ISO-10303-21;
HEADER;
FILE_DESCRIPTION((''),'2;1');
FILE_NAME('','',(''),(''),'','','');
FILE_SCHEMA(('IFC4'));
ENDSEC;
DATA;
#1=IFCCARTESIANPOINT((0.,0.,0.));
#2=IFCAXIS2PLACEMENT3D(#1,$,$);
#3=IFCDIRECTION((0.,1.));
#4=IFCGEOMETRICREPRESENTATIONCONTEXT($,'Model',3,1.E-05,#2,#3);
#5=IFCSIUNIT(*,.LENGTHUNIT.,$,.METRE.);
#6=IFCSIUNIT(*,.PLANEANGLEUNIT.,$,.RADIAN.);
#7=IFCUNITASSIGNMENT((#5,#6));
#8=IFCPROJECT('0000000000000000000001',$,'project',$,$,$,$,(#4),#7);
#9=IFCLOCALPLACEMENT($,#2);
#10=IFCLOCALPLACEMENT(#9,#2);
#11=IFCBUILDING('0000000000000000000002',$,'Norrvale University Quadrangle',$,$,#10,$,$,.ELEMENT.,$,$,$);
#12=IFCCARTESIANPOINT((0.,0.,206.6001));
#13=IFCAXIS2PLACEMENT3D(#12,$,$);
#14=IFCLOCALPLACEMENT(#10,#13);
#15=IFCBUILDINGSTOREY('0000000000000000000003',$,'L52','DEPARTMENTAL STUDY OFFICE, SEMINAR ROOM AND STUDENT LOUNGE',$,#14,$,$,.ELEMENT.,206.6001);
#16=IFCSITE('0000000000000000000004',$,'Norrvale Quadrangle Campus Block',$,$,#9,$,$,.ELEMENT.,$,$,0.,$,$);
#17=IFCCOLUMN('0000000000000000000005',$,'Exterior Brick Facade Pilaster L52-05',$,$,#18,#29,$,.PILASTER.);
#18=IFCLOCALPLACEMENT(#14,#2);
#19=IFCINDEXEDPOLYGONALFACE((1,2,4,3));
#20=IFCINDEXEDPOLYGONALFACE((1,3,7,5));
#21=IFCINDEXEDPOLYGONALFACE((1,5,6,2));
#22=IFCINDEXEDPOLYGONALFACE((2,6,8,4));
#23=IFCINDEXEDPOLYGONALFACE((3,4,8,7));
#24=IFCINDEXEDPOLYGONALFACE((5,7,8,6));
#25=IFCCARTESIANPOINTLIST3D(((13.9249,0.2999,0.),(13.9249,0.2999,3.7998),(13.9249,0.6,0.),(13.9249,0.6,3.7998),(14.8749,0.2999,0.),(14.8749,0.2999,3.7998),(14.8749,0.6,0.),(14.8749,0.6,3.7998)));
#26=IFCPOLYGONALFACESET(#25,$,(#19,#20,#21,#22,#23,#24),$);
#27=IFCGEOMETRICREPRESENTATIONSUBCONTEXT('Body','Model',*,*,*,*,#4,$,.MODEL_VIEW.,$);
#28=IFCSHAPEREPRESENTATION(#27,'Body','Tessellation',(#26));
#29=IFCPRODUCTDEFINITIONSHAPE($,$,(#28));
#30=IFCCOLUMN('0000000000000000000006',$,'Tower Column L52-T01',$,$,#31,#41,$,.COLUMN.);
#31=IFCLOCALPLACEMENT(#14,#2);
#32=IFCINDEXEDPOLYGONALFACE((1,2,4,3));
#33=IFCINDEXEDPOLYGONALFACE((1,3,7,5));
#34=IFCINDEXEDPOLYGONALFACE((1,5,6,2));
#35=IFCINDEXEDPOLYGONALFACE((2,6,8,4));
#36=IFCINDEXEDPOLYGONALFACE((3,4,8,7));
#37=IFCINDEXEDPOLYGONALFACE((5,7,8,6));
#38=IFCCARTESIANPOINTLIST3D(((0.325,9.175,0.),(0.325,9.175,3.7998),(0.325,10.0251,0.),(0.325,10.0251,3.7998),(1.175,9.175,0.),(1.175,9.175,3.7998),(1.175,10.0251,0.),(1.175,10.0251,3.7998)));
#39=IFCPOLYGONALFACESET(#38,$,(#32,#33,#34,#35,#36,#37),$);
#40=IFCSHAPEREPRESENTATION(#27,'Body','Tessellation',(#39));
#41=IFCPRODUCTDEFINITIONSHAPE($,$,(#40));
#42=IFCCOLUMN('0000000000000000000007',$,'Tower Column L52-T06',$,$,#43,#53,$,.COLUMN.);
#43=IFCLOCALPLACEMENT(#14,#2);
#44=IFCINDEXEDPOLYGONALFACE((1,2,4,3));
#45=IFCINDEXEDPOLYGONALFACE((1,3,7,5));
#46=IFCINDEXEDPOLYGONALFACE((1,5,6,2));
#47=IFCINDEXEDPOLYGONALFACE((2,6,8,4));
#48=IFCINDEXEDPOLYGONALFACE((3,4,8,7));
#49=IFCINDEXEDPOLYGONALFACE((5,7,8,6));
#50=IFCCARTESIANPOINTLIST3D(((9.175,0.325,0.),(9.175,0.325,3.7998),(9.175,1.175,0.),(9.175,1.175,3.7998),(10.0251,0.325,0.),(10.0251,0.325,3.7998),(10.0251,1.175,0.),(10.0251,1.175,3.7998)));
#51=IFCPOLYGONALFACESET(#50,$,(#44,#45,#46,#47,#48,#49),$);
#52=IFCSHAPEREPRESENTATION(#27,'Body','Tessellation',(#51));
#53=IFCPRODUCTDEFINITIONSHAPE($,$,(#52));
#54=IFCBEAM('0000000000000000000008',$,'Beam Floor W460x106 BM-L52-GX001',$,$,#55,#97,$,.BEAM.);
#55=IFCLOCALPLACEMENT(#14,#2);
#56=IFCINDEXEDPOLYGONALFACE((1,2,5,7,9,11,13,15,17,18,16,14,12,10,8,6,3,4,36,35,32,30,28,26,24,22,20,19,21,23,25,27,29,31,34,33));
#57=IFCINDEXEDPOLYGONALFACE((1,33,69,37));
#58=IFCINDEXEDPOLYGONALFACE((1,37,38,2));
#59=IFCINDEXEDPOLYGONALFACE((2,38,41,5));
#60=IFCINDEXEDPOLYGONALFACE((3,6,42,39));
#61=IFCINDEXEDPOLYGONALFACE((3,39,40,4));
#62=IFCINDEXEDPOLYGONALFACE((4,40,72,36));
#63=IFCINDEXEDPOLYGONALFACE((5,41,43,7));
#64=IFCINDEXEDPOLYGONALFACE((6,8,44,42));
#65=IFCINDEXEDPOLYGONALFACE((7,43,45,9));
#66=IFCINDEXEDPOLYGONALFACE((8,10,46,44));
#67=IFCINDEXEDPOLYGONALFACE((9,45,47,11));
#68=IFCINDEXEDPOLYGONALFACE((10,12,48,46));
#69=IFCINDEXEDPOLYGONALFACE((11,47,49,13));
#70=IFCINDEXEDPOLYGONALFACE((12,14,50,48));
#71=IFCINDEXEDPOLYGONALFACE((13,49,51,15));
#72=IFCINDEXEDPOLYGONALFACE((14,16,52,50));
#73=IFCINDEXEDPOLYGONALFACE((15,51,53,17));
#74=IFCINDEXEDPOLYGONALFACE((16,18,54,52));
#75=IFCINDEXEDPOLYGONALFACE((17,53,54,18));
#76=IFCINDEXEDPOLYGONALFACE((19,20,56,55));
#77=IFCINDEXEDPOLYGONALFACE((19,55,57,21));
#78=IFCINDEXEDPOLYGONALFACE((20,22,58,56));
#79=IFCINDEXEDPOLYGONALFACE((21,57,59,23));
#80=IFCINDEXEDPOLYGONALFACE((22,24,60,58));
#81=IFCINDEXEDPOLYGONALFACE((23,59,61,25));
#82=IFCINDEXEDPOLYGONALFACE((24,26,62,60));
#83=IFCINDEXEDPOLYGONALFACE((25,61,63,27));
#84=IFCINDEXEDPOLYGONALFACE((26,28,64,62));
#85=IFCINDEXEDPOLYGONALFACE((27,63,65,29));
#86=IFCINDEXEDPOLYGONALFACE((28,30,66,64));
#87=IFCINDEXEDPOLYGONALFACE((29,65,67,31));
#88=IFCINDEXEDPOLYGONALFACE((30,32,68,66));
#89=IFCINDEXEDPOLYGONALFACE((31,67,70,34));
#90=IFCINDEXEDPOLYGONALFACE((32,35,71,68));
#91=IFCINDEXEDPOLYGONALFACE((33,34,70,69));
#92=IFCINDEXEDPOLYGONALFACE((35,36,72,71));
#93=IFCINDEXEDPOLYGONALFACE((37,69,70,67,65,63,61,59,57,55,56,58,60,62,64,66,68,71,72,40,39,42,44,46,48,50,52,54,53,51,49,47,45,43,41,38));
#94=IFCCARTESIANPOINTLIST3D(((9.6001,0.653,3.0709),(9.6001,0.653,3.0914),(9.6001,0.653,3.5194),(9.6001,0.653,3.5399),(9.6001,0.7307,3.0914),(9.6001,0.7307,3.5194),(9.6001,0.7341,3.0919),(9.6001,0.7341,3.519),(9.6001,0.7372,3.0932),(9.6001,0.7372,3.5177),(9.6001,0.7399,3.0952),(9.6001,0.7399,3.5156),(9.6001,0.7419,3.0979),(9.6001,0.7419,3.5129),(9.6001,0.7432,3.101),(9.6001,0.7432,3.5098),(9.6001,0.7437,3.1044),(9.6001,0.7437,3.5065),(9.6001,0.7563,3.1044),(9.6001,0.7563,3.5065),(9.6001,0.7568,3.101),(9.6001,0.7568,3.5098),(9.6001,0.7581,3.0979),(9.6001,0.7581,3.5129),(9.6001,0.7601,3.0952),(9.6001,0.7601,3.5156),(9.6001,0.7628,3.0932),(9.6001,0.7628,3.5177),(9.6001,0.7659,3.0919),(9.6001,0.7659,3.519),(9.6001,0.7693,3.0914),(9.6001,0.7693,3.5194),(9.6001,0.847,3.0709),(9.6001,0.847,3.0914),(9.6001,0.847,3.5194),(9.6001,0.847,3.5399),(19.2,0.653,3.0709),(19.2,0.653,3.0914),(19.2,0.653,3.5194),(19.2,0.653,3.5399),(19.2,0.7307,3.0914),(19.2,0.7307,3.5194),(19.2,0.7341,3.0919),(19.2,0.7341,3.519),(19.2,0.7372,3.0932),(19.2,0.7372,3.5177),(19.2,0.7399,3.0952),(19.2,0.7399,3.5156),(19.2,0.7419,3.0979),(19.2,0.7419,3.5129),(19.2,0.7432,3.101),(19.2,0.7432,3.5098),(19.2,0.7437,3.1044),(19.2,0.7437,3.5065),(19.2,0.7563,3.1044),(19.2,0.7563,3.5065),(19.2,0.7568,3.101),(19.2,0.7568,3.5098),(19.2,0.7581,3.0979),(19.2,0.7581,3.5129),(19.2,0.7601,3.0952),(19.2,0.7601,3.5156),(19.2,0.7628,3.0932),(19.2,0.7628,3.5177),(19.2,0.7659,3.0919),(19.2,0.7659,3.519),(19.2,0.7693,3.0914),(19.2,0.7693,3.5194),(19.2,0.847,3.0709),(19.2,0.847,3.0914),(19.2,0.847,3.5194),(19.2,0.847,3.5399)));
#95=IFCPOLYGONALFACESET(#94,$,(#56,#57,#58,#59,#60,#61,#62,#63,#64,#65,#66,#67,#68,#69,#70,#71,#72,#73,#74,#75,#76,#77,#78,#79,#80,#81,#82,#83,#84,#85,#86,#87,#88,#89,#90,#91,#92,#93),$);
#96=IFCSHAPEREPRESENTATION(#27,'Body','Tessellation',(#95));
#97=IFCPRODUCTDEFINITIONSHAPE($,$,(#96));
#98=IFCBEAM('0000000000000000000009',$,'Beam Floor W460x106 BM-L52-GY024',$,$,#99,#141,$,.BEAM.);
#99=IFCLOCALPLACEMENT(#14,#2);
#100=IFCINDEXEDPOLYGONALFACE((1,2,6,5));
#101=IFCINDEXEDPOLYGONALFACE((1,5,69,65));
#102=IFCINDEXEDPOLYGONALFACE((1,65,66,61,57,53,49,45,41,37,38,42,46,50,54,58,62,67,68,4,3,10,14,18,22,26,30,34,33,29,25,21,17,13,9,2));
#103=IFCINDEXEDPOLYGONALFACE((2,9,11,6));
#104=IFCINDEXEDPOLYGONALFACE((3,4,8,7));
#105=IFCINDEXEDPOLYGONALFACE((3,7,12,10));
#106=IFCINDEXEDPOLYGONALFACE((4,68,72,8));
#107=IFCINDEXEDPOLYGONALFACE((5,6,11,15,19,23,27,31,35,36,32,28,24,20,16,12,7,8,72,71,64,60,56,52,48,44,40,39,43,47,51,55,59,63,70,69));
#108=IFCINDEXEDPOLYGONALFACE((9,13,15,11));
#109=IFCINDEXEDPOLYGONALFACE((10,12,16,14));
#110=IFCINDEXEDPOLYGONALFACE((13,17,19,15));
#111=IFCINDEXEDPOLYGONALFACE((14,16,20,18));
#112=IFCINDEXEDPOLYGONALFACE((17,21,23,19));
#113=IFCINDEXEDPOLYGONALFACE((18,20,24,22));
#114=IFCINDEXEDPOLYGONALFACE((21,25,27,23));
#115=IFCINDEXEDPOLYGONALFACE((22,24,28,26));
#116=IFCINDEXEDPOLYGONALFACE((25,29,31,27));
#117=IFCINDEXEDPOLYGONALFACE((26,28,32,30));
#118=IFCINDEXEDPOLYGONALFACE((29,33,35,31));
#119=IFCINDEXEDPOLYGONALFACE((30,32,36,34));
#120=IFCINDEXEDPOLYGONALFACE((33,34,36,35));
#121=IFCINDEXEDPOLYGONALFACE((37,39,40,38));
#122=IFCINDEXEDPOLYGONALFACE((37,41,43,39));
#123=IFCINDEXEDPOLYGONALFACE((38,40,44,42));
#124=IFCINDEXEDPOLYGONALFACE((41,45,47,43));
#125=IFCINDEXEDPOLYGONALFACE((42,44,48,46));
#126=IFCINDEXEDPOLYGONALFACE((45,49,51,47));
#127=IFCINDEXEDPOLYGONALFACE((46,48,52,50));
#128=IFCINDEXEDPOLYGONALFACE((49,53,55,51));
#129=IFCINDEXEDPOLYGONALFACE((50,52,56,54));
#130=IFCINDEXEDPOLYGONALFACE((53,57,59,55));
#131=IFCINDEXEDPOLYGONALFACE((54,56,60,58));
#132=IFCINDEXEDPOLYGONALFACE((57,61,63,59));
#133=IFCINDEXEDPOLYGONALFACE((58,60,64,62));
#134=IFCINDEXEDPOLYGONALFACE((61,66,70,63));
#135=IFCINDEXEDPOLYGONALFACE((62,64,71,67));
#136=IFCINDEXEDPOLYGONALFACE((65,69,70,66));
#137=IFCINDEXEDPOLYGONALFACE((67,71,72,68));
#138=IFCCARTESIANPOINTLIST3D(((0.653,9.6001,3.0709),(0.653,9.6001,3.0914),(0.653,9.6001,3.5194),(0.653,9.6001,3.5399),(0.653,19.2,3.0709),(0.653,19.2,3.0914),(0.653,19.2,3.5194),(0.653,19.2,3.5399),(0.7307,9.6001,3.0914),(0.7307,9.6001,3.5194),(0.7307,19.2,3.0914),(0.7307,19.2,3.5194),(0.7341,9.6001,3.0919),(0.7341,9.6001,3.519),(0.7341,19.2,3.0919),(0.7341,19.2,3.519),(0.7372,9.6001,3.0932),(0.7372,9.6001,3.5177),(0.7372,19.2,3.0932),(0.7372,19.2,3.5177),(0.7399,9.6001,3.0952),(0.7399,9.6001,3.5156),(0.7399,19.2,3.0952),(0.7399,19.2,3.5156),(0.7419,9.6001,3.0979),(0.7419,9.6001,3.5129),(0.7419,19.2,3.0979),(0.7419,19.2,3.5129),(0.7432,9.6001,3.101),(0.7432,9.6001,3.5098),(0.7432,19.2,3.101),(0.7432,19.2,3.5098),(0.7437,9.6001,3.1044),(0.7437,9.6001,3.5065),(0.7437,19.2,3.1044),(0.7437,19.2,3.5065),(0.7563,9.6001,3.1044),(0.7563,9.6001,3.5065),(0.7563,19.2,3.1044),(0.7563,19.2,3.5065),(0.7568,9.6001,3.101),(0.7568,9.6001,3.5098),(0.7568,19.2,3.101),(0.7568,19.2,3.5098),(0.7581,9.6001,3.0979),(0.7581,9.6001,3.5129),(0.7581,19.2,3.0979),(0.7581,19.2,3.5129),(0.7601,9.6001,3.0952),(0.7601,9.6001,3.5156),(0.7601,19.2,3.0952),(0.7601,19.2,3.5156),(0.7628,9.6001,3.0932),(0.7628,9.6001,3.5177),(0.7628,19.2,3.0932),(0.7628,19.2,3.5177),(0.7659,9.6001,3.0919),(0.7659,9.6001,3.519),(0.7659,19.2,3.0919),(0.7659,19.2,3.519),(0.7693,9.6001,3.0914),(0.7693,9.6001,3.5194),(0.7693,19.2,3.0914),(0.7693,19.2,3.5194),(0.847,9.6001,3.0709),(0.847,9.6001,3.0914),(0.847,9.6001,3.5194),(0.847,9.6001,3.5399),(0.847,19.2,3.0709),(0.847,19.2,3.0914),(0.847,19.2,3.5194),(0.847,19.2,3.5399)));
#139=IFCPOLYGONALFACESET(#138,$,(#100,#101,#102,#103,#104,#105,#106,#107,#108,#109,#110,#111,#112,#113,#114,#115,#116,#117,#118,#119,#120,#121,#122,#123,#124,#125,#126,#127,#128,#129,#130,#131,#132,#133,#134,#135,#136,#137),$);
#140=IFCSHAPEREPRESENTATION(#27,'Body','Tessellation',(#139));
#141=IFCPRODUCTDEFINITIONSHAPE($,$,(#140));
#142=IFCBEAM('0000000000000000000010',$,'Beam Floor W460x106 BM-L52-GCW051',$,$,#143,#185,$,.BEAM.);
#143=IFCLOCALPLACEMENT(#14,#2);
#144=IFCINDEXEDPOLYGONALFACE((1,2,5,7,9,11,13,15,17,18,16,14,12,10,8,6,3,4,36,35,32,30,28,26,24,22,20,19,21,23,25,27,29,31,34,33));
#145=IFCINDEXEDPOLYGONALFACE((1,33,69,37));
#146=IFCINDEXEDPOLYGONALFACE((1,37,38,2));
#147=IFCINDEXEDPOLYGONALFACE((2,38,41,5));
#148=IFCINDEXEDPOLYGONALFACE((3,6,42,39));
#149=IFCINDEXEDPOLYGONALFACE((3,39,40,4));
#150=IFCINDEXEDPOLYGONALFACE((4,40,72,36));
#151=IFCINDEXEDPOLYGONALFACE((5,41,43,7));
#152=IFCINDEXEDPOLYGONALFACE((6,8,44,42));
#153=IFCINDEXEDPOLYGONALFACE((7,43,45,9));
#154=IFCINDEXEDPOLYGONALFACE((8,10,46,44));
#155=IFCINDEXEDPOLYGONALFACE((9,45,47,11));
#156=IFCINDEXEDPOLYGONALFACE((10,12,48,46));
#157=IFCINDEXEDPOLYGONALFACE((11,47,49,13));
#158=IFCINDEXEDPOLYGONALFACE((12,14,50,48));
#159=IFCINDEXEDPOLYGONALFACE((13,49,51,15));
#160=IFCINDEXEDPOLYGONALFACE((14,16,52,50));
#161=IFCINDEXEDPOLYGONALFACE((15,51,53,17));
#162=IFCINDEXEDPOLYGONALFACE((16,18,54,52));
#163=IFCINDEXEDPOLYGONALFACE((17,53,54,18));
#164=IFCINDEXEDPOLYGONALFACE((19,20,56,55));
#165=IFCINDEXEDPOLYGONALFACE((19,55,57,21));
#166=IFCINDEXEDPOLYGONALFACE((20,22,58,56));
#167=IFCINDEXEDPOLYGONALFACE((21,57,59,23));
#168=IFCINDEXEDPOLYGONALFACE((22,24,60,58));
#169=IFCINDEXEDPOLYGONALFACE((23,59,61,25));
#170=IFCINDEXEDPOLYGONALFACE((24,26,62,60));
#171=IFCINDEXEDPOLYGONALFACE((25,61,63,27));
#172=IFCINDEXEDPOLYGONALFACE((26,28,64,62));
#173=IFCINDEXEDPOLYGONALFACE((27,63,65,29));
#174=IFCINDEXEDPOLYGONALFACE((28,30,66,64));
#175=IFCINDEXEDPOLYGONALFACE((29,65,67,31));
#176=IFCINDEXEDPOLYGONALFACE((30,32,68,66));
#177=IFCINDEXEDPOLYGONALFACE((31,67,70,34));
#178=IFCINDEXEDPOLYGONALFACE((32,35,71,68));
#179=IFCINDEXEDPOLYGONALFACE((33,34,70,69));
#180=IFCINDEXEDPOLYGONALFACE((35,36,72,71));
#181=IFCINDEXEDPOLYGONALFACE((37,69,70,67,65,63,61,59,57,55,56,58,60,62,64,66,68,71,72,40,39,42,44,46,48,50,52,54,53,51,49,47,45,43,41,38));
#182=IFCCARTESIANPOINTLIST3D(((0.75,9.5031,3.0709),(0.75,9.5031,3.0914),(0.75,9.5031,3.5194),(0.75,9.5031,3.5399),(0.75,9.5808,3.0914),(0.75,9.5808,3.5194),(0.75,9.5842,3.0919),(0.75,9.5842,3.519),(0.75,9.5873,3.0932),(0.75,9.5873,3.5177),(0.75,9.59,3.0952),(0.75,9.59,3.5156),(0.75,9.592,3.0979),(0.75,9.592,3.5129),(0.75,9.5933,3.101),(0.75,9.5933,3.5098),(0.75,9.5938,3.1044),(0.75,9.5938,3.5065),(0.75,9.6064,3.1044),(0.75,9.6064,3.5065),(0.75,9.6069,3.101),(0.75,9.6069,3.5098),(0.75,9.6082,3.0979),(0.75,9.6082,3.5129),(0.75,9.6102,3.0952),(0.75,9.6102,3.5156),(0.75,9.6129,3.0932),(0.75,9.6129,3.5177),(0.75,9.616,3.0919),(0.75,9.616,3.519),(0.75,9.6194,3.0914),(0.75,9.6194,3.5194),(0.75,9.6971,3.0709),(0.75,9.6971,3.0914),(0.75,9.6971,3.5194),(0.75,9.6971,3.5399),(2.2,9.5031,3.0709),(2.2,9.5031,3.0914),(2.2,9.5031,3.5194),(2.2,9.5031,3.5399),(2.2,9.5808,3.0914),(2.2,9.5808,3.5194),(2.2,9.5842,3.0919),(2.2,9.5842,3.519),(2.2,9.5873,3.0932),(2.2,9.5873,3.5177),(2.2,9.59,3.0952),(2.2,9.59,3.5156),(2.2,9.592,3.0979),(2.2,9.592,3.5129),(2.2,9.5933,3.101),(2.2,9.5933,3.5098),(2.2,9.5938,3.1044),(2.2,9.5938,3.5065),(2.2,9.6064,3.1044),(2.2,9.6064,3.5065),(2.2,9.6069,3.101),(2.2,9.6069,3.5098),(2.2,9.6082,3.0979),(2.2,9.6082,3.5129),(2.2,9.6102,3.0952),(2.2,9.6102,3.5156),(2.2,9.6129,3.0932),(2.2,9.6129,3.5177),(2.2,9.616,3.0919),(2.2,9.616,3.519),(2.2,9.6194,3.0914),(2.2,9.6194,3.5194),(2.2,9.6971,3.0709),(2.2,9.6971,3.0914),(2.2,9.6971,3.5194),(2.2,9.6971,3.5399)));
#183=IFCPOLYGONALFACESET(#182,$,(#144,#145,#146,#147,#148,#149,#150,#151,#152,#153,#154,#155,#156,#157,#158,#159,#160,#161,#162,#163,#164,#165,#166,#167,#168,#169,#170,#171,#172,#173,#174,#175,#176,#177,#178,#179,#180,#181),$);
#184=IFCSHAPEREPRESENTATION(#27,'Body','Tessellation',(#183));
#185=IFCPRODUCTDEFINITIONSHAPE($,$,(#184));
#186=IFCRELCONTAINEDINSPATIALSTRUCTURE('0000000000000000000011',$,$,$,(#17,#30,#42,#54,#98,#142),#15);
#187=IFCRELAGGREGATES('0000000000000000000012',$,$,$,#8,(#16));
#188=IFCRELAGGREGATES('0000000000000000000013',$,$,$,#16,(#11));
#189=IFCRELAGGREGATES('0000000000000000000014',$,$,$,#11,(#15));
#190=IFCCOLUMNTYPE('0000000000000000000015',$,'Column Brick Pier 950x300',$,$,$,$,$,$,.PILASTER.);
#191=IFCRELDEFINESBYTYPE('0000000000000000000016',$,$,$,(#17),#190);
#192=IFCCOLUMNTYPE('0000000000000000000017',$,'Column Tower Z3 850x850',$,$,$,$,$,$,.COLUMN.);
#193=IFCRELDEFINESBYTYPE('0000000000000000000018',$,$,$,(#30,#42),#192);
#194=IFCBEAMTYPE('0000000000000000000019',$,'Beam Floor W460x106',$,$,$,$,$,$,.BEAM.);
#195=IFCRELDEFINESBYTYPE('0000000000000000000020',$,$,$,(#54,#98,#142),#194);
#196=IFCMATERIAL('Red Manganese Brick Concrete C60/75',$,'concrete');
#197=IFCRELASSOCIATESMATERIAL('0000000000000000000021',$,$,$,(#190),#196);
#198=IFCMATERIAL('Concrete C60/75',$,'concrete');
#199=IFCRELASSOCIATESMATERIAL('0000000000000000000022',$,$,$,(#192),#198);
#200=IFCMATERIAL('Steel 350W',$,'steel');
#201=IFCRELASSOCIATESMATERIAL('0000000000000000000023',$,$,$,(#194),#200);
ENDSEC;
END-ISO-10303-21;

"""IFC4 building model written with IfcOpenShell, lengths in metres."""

from ifc_helpers import new_model, si_unit, direction, frame, origin, origin_2d, place, context, subcontext, project, spatial, rectangle, i_section, extrude, material, material_profile, profile_set, type_object, element, save


model = new_model("IFC4")

# Units and contexts
model_context = context("Model", 3, precision=1e-05, world=origin(), true_north=direction((0.0, 1.0)))
body_context = subcontext(model_context, "Body", "Model", "MODEL_VIEW")
ifc_project = project(units=[si_unit("LENGTHUNIT", "METRE"), si_unit("PLANEANGLEUNIT", "RADIAN")], contexts=[model_context])

# Site, building, storey
site_placement = place(None, origin())
site = spatial("IfcSite", under=ifc_project, at=site_placement, Name="Norrvale Quadrangle Campus Block", CompositionType="ELEMENT", RefElevation=0.0)
building_placement = place(site_placement, origin())
building = spatial("IfcBuilding", under=site, at=building_placement, Name="Norrvale University Quadrangle", CompositionType="ELEMENT")
storey_placement = place(building_placement, frame((0.0, 0.0, 206.6001)))
storey = spatial("IfcBuildingStorey", under=building, at=storey_placement, Name="L52", Description="DEPARTMENTAL STUDY OFFICE, SEMINAR ROOM AND STUDENT LOUNGE", CompositionType="ELEMENT", Elevation=206.6001)

# Columns
ifc_material_1 = material(Name="Red Manganese Brick Concrete C60/75", Category="concrete")
ifc_material_profile_1 = material_profile(ifc_material_1, rectangle(XDim=0.95, YDim=0.3, at=origin_2d()), Name="Red Manganese Brick Concrete C60/75")
ifc_profile_set_1 = profile_set([ifc_material_profile_1], Name="Red Manganese Brick Concrete C60/75")
column_type_1 = type_object("IfcColumnType", Name="Column Brick Pier 950x300", PredefinedType="PILASTER", material=ifc_profile_set_1)
column_placement = place(storey_placement, frame((14.3999, 0.45, 0.0), z_axis=(0.0, 0.0, 1.0), x_axis=(1.0, 0.0, 0.0)))
element("IfcColumn", 1, at=column_placement, inside=storey, type_object=column_type_1, Name="Exterior Brick Facade Pilaster L52-05", PredefinedType="PILASTER", context=body_context, shape_type="SweptSolid", body=[
    extrude(rectangle(XDim=0.95, YDim=0.3, at=origin_2d()), origin(), (0.0, 0.0, 1.0), 3.7998),
])
ifc_material_2 = material(Name="Concrete C60/75", Category="concrete")
ifc_material_profile_2 = material_profile(ifc_material_2, rectangle(XDim=0.8501, YDim=0.8501, at=origin_2d()), Name="Concrete C60/75")
ifc_profile_set_2 = profile_set([ifc_material_profile_2], Name="Concrete C60/75")
column_type_2 = type_object("IfcColumnType", Name="Column Tower Z3 850x850", PredefinedType="COLUMN", material=ifc_profile_set_2)
for number, where, z_axis, x_axis, name in (
    (2, (0.75, 9.6001, 0.0), (0.0, 0.0, 1.0), (1.0, 0.0, 0.0), "Tower Column L52-T01"),
    (3, (9.6001, 0.75, 0.0), (0.0, 0.0, 1.0), (1.0, 0.0, 0.0), "Tower Column L52-T06"),
):
    element("IfcColumn", number, at=place(storey_placement, frame(where, z_axis=z_axis, x_axis=x_axis)), inside=storey, type_object=column_type_2, Name=name, PredefinedType="COLUMN", context=body_context, shape_type="SweptSolid", body=[
        extrude(rectangle(XDim=0.8501, YDim=0.8501, at=origin_2d()), origin(), (0.0, 0.0, 1.0), 3.7998),
    ])

# Beams
ifc_material_3 = material(Name="Steel 350W", Category="steel")
ifc_material_profile_3 = material_profile(ifc_material_3, i_section(OverallWidth=0.1941, OverallDepth=0.469, WebThickness=0.0127, FlangeThickness=0.0205, FilletRadius=0.0129, at=origin_2d()), Name="Steel 350W")
ifc_profile_set_3 = profile_set([ifc_material_profile_3], Name="Steel 350W")
beam_type_1 = type_object("IfcBeamType", Name="Beam Floor W460x106", PredefinedType="BEAM", material=ifc_profile_set_3)
for number, where, z_axis, x_axis, name in (
    (4, (9.6001, 0.75, 3.3054), (1.0, 0.0, 0.0), (0.0, 1.0, 0.0), "Beam Floor W460x106 BM-L52-GX001"),
    (5, (0.75, 9.6001, 3.3054), (0.0, 1.0, 0.0), (-1.0, 0.0, 0.0), "Beam Floor W460x106 BM-L52-GY024"),
):
    element("IfcBeam", number, at=place(storey_placement, frame(where, z_axis=z_axis, x_axis=x_axis)), inside=storey, type_object=beam_type_1, Name=name, PredefinedType="BEAM", context=body_context, shape_type="SweptSolid", body=[
        extrude(i_section(OverallWidth=0.1941, OverallDepth=0.469, WebThickness=0.0127, FlangeThickness=0.0205, FilletRadius=0.0129, at=origin_2d()), origin(), (0.0, 0.0, 1.0), 9.5999),
    ])
beam_1_placement = place(storey_placement, frame((0.75, 9.6001, 3.3054), z_axis=(1.0, 0.0, 0.0), x_axis=(0.0, 1.0, 0.0)))
element("IfcBeam", 6, at=beam_1_placement, inside=storey, type_object=beam_type_1, Name="Beam Floor W460x106 BM-L52-GCW051", PredefinedType="BEAM", context=body_context, shape_type="SweptSolid", body=[
    extrude(i_section(OverallWidth=0.1941, OverallDepth=0.469, WebThickness=0.0127, FlangeThickness=0.0205, FilletRadius=0.0129, at=origin_2d()), origin(), (0.0, 0.0, 1.0), 1.45),
])

save(model, "model.ifc")
